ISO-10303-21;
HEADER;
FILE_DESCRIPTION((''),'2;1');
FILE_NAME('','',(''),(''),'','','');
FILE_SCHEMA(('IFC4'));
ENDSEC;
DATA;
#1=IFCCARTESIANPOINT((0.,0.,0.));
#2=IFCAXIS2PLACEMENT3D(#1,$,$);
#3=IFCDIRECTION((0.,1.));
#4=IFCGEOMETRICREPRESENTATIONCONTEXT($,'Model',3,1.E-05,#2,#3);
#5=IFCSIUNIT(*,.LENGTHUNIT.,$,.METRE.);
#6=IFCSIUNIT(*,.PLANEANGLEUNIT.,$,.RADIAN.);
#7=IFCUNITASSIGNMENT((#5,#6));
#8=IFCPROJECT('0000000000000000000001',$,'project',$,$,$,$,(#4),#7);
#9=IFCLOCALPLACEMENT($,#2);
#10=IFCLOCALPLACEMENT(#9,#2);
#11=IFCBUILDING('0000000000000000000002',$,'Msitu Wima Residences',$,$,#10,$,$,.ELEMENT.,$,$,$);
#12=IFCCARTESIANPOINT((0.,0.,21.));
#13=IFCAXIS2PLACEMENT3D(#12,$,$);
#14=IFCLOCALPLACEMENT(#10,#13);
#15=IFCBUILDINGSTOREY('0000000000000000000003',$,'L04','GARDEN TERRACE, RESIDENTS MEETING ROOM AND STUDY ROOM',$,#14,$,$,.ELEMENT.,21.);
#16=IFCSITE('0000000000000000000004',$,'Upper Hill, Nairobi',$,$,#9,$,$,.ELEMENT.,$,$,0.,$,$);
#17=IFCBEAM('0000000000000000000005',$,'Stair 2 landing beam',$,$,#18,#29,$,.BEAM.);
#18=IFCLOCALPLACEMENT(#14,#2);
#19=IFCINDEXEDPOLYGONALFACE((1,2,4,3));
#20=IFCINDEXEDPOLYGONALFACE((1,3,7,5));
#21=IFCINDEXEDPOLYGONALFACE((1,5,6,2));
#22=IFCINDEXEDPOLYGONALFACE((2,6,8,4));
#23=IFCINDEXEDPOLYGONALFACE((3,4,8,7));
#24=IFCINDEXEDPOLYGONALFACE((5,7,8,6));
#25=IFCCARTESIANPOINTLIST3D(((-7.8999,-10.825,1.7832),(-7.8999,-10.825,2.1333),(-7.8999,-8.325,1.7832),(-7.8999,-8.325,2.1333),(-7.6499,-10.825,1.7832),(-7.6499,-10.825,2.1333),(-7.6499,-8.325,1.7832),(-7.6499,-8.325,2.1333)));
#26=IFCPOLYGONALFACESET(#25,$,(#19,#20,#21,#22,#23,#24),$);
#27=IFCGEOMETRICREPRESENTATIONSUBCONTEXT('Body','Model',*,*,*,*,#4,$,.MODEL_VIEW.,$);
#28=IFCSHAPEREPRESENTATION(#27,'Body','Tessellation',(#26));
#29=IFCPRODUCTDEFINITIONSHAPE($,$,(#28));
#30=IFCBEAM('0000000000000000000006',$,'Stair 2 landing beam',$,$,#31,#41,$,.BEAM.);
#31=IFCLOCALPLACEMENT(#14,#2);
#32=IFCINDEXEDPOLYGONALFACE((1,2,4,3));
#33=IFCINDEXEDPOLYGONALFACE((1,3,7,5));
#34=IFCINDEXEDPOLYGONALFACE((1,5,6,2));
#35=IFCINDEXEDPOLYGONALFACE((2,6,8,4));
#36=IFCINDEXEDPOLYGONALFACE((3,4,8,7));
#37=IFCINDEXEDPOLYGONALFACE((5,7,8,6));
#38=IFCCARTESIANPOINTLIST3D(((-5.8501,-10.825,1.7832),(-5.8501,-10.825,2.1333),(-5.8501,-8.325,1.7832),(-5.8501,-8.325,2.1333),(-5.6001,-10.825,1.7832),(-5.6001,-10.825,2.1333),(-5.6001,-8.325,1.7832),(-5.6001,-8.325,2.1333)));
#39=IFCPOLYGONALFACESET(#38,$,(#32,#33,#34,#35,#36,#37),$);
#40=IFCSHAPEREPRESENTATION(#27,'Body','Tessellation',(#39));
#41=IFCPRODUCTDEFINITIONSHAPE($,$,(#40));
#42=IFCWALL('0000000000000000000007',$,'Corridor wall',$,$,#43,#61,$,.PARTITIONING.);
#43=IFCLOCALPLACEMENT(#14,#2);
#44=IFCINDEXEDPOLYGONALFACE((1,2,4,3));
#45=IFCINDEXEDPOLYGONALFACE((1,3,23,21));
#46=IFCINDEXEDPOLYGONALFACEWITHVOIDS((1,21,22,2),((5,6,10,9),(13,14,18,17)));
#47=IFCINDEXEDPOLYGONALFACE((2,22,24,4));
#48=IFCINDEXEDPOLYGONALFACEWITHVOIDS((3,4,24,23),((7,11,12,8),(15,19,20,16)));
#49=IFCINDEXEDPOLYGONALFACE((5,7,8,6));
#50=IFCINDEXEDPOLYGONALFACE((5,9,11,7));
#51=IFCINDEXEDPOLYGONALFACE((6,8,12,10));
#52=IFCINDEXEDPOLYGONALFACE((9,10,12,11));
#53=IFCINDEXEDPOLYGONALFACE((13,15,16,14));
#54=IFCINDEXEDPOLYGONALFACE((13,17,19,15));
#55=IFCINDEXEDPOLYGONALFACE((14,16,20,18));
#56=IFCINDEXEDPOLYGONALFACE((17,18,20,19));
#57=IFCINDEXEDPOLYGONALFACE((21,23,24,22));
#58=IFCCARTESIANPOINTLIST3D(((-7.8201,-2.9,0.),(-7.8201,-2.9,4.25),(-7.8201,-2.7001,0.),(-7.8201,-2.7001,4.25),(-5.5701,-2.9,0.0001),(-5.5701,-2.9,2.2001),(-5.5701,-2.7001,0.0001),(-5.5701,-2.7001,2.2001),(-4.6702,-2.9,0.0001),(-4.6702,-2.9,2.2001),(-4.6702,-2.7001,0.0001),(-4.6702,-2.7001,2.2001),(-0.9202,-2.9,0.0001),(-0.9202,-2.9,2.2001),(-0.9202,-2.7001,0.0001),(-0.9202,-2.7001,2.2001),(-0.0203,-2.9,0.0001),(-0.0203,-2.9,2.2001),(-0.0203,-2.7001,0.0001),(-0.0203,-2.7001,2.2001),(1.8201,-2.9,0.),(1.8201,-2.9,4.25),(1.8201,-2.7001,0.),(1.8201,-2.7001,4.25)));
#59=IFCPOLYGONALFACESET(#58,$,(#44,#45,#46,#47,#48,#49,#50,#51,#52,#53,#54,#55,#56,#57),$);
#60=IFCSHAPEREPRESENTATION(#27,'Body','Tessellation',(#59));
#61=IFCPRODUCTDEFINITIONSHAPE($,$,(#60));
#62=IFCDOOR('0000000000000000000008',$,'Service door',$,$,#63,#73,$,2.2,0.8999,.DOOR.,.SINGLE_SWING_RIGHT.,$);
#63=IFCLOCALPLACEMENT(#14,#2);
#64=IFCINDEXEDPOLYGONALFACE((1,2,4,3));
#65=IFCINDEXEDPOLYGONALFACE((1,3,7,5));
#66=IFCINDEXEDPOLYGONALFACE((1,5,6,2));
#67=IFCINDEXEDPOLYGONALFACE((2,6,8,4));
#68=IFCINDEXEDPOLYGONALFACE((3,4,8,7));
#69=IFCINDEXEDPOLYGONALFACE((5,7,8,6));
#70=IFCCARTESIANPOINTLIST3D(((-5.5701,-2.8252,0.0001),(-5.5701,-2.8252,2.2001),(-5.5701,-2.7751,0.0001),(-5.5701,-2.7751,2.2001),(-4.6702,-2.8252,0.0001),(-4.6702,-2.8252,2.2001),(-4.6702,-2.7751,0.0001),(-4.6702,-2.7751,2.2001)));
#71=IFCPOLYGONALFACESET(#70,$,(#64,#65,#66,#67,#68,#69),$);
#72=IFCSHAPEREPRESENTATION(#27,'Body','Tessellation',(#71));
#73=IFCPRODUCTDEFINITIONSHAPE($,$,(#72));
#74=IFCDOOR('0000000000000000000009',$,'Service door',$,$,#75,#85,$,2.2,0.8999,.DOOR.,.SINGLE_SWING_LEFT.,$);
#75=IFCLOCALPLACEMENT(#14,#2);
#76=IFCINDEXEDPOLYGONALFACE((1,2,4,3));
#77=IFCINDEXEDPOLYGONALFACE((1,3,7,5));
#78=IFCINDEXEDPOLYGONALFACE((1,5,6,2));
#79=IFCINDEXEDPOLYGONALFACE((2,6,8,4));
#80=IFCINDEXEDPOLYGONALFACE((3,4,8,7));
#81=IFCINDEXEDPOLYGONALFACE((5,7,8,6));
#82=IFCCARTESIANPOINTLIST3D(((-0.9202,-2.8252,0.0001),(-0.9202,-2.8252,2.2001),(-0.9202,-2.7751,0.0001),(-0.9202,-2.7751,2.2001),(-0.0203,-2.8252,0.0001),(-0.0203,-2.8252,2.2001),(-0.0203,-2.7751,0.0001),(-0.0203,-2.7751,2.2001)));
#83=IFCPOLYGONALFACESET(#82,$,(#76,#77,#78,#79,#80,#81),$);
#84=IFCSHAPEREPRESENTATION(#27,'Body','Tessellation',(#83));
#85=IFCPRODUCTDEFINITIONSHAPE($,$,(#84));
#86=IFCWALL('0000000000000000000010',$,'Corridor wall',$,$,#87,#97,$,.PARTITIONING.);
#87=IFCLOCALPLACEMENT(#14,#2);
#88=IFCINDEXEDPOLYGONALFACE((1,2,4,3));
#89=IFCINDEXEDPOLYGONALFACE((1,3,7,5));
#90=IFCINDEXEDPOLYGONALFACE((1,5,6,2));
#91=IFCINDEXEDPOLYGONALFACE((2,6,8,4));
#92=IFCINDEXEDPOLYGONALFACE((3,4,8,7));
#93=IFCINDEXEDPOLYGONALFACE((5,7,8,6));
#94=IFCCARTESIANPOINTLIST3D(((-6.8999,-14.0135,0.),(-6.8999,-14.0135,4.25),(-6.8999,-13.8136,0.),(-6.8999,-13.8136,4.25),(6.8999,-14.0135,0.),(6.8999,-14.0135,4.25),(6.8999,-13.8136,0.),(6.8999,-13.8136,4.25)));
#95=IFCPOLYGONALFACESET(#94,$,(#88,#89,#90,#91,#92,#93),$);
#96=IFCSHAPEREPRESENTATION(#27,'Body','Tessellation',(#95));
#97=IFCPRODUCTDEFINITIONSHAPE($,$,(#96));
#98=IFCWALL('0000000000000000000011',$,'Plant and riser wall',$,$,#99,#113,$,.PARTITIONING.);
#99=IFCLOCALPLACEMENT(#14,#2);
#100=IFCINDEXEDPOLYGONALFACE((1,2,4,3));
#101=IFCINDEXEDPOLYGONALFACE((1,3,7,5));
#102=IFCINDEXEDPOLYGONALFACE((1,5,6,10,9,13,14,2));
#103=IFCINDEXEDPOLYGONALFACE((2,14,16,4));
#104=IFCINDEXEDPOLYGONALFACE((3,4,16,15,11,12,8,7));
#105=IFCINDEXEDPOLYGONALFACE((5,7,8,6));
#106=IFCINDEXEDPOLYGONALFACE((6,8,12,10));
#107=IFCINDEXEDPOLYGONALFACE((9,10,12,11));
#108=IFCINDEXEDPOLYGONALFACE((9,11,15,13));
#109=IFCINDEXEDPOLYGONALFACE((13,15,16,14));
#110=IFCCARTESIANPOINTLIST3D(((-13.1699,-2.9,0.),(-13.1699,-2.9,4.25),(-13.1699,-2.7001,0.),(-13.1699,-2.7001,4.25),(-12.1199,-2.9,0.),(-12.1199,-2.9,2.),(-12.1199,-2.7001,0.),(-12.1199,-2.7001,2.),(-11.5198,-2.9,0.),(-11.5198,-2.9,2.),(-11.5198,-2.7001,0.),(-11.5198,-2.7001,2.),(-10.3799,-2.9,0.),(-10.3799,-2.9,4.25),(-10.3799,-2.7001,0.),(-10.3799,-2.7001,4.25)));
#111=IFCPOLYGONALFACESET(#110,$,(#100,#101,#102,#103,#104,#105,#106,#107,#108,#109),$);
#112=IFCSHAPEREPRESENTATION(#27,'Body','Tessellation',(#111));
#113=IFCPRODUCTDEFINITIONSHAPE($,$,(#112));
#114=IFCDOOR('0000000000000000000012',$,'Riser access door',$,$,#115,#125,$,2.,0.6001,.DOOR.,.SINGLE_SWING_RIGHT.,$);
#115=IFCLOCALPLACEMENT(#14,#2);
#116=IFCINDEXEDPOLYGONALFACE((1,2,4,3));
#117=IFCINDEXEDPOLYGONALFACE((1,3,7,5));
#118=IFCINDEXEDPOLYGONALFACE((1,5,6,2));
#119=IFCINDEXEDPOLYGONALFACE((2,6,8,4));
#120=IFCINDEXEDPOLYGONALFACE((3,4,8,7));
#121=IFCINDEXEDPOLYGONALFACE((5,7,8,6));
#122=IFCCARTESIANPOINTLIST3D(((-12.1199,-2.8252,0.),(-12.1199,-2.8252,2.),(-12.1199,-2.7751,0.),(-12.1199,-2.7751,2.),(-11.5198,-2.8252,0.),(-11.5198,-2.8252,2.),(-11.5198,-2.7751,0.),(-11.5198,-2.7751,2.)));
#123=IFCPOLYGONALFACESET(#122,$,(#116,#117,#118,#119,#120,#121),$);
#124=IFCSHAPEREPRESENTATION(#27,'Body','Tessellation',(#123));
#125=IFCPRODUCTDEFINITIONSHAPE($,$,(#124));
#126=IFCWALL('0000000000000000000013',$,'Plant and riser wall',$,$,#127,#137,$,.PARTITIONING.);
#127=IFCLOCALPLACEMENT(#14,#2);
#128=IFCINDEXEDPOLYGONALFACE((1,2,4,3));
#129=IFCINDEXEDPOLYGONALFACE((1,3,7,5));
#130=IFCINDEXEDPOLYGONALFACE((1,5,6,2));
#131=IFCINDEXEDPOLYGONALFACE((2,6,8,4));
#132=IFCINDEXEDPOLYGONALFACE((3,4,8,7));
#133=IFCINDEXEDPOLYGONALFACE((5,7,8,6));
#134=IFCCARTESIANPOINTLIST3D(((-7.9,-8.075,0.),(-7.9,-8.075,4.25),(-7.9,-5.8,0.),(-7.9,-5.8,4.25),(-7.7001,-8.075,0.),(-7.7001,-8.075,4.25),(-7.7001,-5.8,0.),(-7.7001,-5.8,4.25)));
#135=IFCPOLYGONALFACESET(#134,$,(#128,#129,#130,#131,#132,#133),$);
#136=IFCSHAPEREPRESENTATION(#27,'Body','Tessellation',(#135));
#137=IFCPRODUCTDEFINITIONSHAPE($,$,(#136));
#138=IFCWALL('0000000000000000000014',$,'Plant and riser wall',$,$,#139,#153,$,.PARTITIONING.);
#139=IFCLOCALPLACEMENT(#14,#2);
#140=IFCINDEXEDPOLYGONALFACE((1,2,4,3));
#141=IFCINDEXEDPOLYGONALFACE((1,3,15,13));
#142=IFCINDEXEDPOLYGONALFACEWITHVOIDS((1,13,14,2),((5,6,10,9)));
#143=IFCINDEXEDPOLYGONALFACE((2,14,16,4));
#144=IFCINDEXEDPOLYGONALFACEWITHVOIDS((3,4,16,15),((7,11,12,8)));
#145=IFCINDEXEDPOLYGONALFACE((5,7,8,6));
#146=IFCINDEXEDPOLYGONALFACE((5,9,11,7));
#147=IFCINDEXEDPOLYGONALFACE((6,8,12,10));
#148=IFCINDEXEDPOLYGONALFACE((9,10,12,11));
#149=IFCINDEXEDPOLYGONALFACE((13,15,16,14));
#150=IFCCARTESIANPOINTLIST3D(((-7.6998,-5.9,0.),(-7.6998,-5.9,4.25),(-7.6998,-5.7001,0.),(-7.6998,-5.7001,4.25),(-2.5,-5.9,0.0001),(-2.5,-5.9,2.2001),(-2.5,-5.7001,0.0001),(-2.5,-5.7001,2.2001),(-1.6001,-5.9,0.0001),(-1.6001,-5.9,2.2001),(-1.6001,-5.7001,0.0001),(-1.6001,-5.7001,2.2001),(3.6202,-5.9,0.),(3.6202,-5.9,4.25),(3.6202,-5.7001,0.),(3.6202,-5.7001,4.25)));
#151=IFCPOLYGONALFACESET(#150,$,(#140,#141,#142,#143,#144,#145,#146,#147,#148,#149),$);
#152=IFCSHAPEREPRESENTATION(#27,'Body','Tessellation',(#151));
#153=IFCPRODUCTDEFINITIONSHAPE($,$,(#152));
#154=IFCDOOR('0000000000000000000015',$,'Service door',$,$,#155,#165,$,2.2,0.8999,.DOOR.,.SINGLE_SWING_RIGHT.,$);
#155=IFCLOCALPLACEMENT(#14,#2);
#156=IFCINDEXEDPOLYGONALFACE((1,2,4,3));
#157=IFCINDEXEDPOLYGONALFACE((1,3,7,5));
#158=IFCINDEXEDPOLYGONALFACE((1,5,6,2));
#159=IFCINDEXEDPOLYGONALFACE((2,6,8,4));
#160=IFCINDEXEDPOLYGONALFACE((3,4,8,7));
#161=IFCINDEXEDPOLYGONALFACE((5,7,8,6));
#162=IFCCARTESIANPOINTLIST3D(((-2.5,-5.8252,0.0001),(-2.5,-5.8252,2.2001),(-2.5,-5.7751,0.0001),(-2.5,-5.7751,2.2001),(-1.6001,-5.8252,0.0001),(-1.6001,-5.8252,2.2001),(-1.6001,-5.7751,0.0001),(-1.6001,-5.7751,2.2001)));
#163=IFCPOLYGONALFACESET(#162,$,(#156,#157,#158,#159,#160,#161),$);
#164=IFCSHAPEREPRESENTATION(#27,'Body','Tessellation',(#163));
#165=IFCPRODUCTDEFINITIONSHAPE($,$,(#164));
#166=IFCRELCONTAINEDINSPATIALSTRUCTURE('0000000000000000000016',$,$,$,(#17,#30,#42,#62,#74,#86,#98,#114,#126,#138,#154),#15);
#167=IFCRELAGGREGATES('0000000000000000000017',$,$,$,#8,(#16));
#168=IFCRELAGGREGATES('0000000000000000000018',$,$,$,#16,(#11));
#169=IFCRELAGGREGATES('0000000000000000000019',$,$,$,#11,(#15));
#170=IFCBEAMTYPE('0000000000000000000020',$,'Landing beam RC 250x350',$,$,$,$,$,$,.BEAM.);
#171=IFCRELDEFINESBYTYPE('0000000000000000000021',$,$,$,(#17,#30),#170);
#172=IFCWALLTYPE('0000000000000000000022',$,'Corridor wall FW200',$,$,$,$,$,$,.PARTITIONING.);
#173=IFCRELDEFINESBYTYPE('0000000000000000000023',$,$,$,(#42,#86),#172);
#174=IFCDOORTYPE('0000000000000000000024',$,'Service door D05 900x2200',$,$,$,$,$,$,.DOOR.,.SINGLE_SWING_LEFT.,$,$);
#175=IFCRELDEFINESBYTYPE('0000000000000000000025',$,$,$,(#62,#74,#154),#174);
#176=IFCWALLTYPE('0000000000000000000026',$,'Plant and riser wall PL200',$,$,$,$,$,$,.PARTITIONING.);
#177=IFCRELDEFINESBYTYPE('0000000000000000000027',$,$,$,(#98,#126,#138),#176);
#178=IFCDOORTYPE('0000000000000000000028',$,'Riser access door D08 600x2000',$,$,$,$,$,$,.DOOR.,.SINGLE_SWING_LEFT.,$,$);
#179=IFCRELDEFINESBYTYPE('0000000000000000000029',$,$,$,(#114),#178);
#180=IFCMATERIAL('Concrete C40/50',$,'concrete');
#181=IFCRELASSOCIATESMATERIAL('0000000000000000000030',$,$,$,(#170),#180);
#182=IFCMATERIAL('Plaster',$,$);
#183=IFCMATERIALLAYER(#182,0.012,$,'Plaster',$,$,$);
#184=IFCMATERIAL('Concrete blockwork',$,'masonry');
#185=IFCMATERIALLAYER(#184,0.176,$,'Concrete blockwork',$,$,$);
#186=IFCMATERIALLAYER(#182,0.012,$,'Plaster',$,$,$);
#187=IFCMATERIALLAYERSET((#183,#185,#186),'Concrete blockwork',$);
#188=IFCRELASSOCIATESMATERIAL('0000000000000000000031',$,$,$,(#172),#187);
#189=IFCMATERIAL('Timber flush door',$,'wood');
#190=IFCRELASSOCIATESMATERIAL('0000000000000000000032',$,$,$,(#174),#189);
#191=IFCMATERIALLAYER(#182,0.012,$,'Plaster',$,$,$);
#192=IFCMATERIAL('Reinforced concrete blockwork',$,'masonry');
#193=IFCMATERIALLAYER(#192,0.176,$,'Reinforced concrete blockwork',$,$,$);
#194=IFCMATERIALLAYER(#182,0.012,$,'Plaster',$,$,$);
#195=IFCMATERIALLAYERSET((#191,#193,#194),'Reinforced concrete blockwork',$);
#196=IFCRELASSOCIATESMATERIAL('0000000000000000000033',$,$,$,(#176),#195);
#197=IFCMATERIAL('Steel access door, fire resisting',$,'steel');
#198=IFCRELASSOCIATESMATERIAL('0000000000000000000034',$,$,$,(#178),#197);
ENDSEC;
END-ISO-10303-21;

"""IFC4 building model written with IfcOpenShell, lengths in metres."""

from ifc_helpers import new_model, si_unit, direction, frame, frame_2d, origin, origin_2d, place, context, subcontext, project, spatial, rectangle, extrude, material, layer, layer_set, material_profile, profile_set, type_object, element, fill, save


model = new_model("IFC4")

# Units and contexts
model_context = context("Model", 3, precision=1e-05, world=origin(), true_north=direction((0.0, 1.0)))
body_context = subcontext(model_context, "Body", "Model", "MODEL_VIEW")
ifc_project = project(units=[si_unit("LENGTHUNIT", "METRE"), si_unit("PLANEANGLEUNIT", "RADIAN")], contexts=[model_context])

# Site, building, storey
site_placement = place(None, origin())
site = spatial("IfcSite", under=ifc_project, at=site_placement, Name="Upper Hill, Nairobi", CompositionType="ELEMENT", RefElevation=0.0)
building_placement = place(site_placement, origin())
building = spatial("IfcBuilding", under=site, at=building_placement, Name="Msitu Wima Residences", CompositionType="ELEMENT")
storey_placement = place(building_placement, frame((0.0, 0.0, 21.0)))
storey = spatial("IfcBuildingStorey", under=building, at=storey_placement, Name="L04", Description="GARDEN TERRACE, RESIDENTS MEETING ROOM AND STUDY ROOM", CompositionType="ELEMENT", Elevation=21.0)

# Beams
ifc_material_1 = material(Name="Concrete C40/50", Category="concrete")
ifc_material_profile = material_profile(ifc_material_1, rectangle(XDim=0.25, YDim=0.3501, at=origin_2d()), Name="RC 250x350")
ifc_profile_set = profile_set([ifc_material_profile], Name="Concrete C40/50")
beam_type = type_object("IfcBeamType", Name="Landing beam RC 250x350", PredefinedType="BEAM", material=ifc_profile_set)
for number, where, z_axis, x_axis, name in (
    (1, (-7.7749, -10.825, 1.9583), (0.0, 1.0, 0.0), (-1.0, 0.0, 0.0), "Stair 2 landing beam"),
    (2, (-5.7251, -10.825, 1.9583), (0.0, 1.0, 0.0), (-1.0, 0.0, 0.0), "Stair 2 landing beam"),
):
    element("IfcBeam", number, at=place(storey_placement, frame(where, z_axis=z_axis, x_axis=x_axis)), inside=storey, type_object=beam_type, Name=name, PredefinedType="BEAM", context=body_context, shape_type="SweptSolid", body=[
        extrude(rectangle(XDim=0.25, YDim=0.3501, at=origin_2d()), origin(), (0.0, 0.0, 1.0), 2.5),
    ])

# Wall, openings, doors
ifc_material_2 = material(Name="Plaster")
ifc_layer_1 = layer(ifc_material_2, 0.012, Name="Plaster")
ifc_material_3 = material(Name="Concrete blockwork", Category="masonry")
ifc_layer_2 = layer(ifc_material_3, 0.176, Name="Concrete blockwork")
ifc_layer_3 = layer(ifc_material_2, 0.012, Name="Plaster")
ifc_layer_set_1 = layer_set([ifc_layer_1, ifc_layer_2, ifc_layer_3], Name="Concrete blockwork")
wall_type_1 = type_object("IfcWallType", Name="Corridor wall FW200", PredefinedType="PARTITIONING", material=ifc_layer_set_1)
wall_1_placement = place(storey_placement, frame((-7.8201, -2.8, 0.0), z_axis=(0.0, 0.0, 1.0), x_axis=(1.0, 0.0, 0.0)))
wall_1 = element("IfcWall", 3, at=wall_1_placement, inside=storey, type_object=wall_type_1, Name="Corridor wall", PredefinedType="PARTITIONING", context=body_context, shape_type="SweptSolid", body=[
    extrude(rectangle(XDim=9.6401, YDim=0.2, at=frame_2d((4.8201, 0.0))), origin(), (0.0, 0.0, 1.0), 4.25),
])
opening_1_placement = place(wall_1_placement, frame((2.25, 0.0, 0.0)))
opening_1 = element("IfcOpeningElement", 4, at=opening_1_placement, cuts=wall_1, PredefinedType="OPENING", context=body_context, shape_type="SweptSolid", body=[
    extrude(rectangle(XDim=0.8999, YDim=2.2, at=frame_2d((0.45, 1.1001))), frame((0.0, 0.1099, 0.0), z_axis=(0.0, -1.0, 0.0), x_axis=(1.0, 0.0, 0.0)), (0.0, 0.0, 1.0), 0.22),
])
opening_2_placement = place(wall_1_placement, frame((6.8999, 0.0, 0.0)))
opening_2 = element("IfcOpeningElement", 5, at=opening_2_placement, cuts=wall_1, PredefinedType="OPENING", context=body_context, shape_type="SweptSolid", body=[
    extrude(rectangle(XDim=0.8999, YDim=2.2, at=frame_2d((0.45, 1.1001))), frame((0.0, 0.1099, 0.0), z_axis=(0.0, -1.0, 0.0), x_axis=(1.0, 0.0, 0.0)), (0.0, 0.0, 1.0), 0.22),
])
ifc_material_4 = material(Name="Timber flush door", Category="wood")
door_type_1 = type_object("IfcDoorType", Name="Service door D05 900x2200", OperationType="SINGLE_SWING_LEFT", PredefinedType="DOOR", material=ifc_material_4)
door_1_placement = place(opening_1_placement, origin())
door_1 = element("IfcDoor", 6, at=door_1_placement, inside=storey, type_object=door_type_1, Name="Service door", OperationType="SINGLE_SWING_RIGHT", OverallHeight=2.2, OverallWidth=0.8999, PredefinedType="DOOR", context=body_context, shape_type="SweptSolid", body=[
    extrude(rectangle(XDim=0.8999, YDim=2.2, at=frame_2d((0.45, 1.1001))), frame((0.0, 0.0249, 0.0), z_axis=(0.0, -1.0, 0.0), x_axis=(1.0, 0.0, 0.0)), (0.0, 0.0, 1.0), 0.05),
])
fill(opening_1, door_1)
door_2_placement = place(opening_2_placement, origin())
door_2 = element("IfcDoor", 7, at=door_2_placement, inside=storey, type_object=door_type_1, Name="Service door", OperationType="SINGLE_SWING_LEFT", OverallHeight=2.2, OverallWidth=0.8999, PredefinedType="DOOR", context=body_context, shape_type="SweptSolid", body=[
    extrude(rectangle(XDim=0.8999, YDim=2.2, at=frame_2d((0.45, 1.1001))), frame((0.0, 0.0249, 0.0), z_axis=(0.0, -1.0, 0.0), x_axis=(1.0, 0.0, 0.0)), (0.0, 0.0, 1.0), 0.05),
])
fill(opening_2, door_2)

# Wall
wall_2_placement = place(storey_placement, frame((-6.8999, -13.9136, 0.0), z_axis=(0.0, 0.0, 1.0), x_axis=(1.0, 0.0, 0.0)))
element("IfcWall", 8, at=wall_2_placement, inside=storey, type_object=wall_type_1, Name="Corridor wall", PredefinedType="PARTITIONING", context=body_context, shape_type="SweptSolid", body=[
    extrude(rectangle(XDim=13.7998, YDim=0.2, at=frame_2d((6.8999, 0.0))), origin(), (0.0, 0.0, 1.0), 4.25),
])

# Wall, opening, door
ifc_layer_4 = layer(ifc_material_2, 0.012, Name="Plaster")
ifc_material_5 = material(Name="Reinforced concrete blockwork", Category="masonry")
ifc_layer_5 = layer(ifc_material_5, 0.176, Name="Reinforced concrete blockwork")
ifc_layer_6 = layer(ifc_material_2, 0.012, Name="Plaster")
ifc_layer_set_2 = layer_set([ifc_layer_4, ifc_layer_5, ifc_layer_6], Name="Reinforced concrete blockwork")
wall_type_2 = type_object("IfcWallType", Name="Plant and riser wall PL200", PredefinedType="PARTITIONING", material=ifc_layer_set_2)
wall_3_placement = place(storey_placement, frame((-13.1699, -2.8, 0.0), z_axis=(0.0, 0.0, 1.0), x_axis=(1.0, 0.0, 0.0)))
wall_3 = element("IfcWall", 9, at=wall_3_placement, inside=storey, type_object=wall_type_2, Name="Plant and riser wall", PredefinedType="PARTITIONING", context=body_context, shape_type="SweptSolid", body=[
    extrude(rectangle(XDim=2.79, YDim=0.2, at=frame_2d((1.395, 0.0))), origin(), (0.0, 0.0, 1.0), 4.25),
])
opening_3_placement = place(wall_3_placement, frame((1.05, 0.0, 0.0)))
opening_3 = element("IfcOpeningElement", 10, at=opening_3_placement, cuts=wall_3, PredefinedType="OPENING", context=body_context, shape_type="SweptSolid", body=[
    extrude(rectangle(XDim=0.6001, YDim=2.0, at=frame_2d((0.3, 1.0))), frame((0.0, 0.1099, 0.0), z_axis=(0.0, -1.0, 0.0), x_axis=(1.0, 0.0, 0.0)), (0.0, 0.0, 1.0), 0.22),
])
ifc_material_6 = material(Name="Steel access door, fire resisting", Category="steel")
door_type_2 = type_object("IfcDoorType", Name="Riser access door D08 600x2000", OperationType="SINGLE_SWING_LEFT", PredefinedType="DOOR", material=ifc_material_6)
door_3_placement = place(opening_3_placement, origin())
door_3 = element("IfcDoor", 11, at=door_3_placement, inside=storey, type_object=door_type_2, Name="Riser access door", OperationType="SINGLE_SWING_RIGHT", OverallHeight=2.0, OverallWidth=0.6001, PredefinedType="DOOR", context=body_context, shape_type="SweptSolid", body=[
    extrude(rectangle(XDim=0.6001, YDim=2.0, at=frame_2d((0.3, 1.0))), frame((0.0, 0.0249, 0.0), z_axis=(0.0, -1.0, 0.0), x_axis=(1.0, 0.0, 0.0)), (0.0, 0.0, 1.0), 0.05),
])
fill(opening_3, door_3)

# Wall
wall_4_placement = place(storey_placement, frame((-7.8, -8.075, 0.0), z_axis=(0.0, 0.0, 1.0), x_axis=(0.0, 1.0, 0.0)))
element("IfcWall", 12, at=wall_4_placement, inside=storey, type_object=wall_type_2, Name="Plant and riser wall", PredefinedType="PARTITIONING", context=body_context, shape_type="SweptSolid", body=[
    extrude(rectangle(XDim=2.2749, YDim=0.2, at=frame_2d((1.1375, 0.0))), origin(), (0.0, 0.0, 1.0), 4.25),
])

# Wall, opening, door
wall_5_placement = place(storey_placement, frame((-7.7, -5.8, 0.0), z_axis=(0.0, 0.0, 1.0), x_axis=(1.0, 0.0, 0.0)))
wall_5 = element("IfcWall", 13, at=wall_5_placement, inside=storey, type_object=wall_type_2, Name="Plant and riser wall", PredefinedType="PARTITIONING", context=body_context, shape_type="SweptSolid", body=[
    extrude(rectangle(XDim=11.3201, YDim=0.2, at=frame_2d((5.6602, 0.0))), origin(), (0.0, 0.0, 1.0), 4.25),
])
opening_4_placement = place(wall_5_placement, frame((5.2, 0.0, 0.0)))
opening_4 = element("IfcOpeningElement", 14, at=opening_4_placement, cuts=wall_5, PredefinedType="OPENING", context=body_context, shape_type="SweptSolid", body=[
    extrude(rectangle(XDim=0.8999, YDim=2.2, at=frame_2d((0.45, 1.1001))), frame((0.0, 0.1099, 0.0), z_axis=(0.0, -1.0, 0.0), x_axis=(1.0, 0.0, 0.0)), (0.0, 0.0, 1.0), 0.22),
])
door_4_placement = place(opening_4_placement, origin())
door_4 = element("IfcDoor", 15, at=door_4_placement, inside=storey, type_object=door_type_1, Name="Service door", OperationType="SINGLE_SWING_RIGHT", OverallHeight=2.2, OverallWidth=0.8999, PredefinedType="DOOR", context=body_context, shape_type="SweptSolid", body=[
    extrude(rectangle(XDim=0.8999, YDim=2.2, at=frame_2d((0.45, 1.1001))), frame((0.0, 0.0249, 0.0), z_axis=(0.0, -1.0, 0.0), x_axis=(1.0, 0.0, 0.0)), (0.0, 0.0, 1.0), 0.05),
])
fill(opening_4, door_4)

save(model, "model.ifc")
